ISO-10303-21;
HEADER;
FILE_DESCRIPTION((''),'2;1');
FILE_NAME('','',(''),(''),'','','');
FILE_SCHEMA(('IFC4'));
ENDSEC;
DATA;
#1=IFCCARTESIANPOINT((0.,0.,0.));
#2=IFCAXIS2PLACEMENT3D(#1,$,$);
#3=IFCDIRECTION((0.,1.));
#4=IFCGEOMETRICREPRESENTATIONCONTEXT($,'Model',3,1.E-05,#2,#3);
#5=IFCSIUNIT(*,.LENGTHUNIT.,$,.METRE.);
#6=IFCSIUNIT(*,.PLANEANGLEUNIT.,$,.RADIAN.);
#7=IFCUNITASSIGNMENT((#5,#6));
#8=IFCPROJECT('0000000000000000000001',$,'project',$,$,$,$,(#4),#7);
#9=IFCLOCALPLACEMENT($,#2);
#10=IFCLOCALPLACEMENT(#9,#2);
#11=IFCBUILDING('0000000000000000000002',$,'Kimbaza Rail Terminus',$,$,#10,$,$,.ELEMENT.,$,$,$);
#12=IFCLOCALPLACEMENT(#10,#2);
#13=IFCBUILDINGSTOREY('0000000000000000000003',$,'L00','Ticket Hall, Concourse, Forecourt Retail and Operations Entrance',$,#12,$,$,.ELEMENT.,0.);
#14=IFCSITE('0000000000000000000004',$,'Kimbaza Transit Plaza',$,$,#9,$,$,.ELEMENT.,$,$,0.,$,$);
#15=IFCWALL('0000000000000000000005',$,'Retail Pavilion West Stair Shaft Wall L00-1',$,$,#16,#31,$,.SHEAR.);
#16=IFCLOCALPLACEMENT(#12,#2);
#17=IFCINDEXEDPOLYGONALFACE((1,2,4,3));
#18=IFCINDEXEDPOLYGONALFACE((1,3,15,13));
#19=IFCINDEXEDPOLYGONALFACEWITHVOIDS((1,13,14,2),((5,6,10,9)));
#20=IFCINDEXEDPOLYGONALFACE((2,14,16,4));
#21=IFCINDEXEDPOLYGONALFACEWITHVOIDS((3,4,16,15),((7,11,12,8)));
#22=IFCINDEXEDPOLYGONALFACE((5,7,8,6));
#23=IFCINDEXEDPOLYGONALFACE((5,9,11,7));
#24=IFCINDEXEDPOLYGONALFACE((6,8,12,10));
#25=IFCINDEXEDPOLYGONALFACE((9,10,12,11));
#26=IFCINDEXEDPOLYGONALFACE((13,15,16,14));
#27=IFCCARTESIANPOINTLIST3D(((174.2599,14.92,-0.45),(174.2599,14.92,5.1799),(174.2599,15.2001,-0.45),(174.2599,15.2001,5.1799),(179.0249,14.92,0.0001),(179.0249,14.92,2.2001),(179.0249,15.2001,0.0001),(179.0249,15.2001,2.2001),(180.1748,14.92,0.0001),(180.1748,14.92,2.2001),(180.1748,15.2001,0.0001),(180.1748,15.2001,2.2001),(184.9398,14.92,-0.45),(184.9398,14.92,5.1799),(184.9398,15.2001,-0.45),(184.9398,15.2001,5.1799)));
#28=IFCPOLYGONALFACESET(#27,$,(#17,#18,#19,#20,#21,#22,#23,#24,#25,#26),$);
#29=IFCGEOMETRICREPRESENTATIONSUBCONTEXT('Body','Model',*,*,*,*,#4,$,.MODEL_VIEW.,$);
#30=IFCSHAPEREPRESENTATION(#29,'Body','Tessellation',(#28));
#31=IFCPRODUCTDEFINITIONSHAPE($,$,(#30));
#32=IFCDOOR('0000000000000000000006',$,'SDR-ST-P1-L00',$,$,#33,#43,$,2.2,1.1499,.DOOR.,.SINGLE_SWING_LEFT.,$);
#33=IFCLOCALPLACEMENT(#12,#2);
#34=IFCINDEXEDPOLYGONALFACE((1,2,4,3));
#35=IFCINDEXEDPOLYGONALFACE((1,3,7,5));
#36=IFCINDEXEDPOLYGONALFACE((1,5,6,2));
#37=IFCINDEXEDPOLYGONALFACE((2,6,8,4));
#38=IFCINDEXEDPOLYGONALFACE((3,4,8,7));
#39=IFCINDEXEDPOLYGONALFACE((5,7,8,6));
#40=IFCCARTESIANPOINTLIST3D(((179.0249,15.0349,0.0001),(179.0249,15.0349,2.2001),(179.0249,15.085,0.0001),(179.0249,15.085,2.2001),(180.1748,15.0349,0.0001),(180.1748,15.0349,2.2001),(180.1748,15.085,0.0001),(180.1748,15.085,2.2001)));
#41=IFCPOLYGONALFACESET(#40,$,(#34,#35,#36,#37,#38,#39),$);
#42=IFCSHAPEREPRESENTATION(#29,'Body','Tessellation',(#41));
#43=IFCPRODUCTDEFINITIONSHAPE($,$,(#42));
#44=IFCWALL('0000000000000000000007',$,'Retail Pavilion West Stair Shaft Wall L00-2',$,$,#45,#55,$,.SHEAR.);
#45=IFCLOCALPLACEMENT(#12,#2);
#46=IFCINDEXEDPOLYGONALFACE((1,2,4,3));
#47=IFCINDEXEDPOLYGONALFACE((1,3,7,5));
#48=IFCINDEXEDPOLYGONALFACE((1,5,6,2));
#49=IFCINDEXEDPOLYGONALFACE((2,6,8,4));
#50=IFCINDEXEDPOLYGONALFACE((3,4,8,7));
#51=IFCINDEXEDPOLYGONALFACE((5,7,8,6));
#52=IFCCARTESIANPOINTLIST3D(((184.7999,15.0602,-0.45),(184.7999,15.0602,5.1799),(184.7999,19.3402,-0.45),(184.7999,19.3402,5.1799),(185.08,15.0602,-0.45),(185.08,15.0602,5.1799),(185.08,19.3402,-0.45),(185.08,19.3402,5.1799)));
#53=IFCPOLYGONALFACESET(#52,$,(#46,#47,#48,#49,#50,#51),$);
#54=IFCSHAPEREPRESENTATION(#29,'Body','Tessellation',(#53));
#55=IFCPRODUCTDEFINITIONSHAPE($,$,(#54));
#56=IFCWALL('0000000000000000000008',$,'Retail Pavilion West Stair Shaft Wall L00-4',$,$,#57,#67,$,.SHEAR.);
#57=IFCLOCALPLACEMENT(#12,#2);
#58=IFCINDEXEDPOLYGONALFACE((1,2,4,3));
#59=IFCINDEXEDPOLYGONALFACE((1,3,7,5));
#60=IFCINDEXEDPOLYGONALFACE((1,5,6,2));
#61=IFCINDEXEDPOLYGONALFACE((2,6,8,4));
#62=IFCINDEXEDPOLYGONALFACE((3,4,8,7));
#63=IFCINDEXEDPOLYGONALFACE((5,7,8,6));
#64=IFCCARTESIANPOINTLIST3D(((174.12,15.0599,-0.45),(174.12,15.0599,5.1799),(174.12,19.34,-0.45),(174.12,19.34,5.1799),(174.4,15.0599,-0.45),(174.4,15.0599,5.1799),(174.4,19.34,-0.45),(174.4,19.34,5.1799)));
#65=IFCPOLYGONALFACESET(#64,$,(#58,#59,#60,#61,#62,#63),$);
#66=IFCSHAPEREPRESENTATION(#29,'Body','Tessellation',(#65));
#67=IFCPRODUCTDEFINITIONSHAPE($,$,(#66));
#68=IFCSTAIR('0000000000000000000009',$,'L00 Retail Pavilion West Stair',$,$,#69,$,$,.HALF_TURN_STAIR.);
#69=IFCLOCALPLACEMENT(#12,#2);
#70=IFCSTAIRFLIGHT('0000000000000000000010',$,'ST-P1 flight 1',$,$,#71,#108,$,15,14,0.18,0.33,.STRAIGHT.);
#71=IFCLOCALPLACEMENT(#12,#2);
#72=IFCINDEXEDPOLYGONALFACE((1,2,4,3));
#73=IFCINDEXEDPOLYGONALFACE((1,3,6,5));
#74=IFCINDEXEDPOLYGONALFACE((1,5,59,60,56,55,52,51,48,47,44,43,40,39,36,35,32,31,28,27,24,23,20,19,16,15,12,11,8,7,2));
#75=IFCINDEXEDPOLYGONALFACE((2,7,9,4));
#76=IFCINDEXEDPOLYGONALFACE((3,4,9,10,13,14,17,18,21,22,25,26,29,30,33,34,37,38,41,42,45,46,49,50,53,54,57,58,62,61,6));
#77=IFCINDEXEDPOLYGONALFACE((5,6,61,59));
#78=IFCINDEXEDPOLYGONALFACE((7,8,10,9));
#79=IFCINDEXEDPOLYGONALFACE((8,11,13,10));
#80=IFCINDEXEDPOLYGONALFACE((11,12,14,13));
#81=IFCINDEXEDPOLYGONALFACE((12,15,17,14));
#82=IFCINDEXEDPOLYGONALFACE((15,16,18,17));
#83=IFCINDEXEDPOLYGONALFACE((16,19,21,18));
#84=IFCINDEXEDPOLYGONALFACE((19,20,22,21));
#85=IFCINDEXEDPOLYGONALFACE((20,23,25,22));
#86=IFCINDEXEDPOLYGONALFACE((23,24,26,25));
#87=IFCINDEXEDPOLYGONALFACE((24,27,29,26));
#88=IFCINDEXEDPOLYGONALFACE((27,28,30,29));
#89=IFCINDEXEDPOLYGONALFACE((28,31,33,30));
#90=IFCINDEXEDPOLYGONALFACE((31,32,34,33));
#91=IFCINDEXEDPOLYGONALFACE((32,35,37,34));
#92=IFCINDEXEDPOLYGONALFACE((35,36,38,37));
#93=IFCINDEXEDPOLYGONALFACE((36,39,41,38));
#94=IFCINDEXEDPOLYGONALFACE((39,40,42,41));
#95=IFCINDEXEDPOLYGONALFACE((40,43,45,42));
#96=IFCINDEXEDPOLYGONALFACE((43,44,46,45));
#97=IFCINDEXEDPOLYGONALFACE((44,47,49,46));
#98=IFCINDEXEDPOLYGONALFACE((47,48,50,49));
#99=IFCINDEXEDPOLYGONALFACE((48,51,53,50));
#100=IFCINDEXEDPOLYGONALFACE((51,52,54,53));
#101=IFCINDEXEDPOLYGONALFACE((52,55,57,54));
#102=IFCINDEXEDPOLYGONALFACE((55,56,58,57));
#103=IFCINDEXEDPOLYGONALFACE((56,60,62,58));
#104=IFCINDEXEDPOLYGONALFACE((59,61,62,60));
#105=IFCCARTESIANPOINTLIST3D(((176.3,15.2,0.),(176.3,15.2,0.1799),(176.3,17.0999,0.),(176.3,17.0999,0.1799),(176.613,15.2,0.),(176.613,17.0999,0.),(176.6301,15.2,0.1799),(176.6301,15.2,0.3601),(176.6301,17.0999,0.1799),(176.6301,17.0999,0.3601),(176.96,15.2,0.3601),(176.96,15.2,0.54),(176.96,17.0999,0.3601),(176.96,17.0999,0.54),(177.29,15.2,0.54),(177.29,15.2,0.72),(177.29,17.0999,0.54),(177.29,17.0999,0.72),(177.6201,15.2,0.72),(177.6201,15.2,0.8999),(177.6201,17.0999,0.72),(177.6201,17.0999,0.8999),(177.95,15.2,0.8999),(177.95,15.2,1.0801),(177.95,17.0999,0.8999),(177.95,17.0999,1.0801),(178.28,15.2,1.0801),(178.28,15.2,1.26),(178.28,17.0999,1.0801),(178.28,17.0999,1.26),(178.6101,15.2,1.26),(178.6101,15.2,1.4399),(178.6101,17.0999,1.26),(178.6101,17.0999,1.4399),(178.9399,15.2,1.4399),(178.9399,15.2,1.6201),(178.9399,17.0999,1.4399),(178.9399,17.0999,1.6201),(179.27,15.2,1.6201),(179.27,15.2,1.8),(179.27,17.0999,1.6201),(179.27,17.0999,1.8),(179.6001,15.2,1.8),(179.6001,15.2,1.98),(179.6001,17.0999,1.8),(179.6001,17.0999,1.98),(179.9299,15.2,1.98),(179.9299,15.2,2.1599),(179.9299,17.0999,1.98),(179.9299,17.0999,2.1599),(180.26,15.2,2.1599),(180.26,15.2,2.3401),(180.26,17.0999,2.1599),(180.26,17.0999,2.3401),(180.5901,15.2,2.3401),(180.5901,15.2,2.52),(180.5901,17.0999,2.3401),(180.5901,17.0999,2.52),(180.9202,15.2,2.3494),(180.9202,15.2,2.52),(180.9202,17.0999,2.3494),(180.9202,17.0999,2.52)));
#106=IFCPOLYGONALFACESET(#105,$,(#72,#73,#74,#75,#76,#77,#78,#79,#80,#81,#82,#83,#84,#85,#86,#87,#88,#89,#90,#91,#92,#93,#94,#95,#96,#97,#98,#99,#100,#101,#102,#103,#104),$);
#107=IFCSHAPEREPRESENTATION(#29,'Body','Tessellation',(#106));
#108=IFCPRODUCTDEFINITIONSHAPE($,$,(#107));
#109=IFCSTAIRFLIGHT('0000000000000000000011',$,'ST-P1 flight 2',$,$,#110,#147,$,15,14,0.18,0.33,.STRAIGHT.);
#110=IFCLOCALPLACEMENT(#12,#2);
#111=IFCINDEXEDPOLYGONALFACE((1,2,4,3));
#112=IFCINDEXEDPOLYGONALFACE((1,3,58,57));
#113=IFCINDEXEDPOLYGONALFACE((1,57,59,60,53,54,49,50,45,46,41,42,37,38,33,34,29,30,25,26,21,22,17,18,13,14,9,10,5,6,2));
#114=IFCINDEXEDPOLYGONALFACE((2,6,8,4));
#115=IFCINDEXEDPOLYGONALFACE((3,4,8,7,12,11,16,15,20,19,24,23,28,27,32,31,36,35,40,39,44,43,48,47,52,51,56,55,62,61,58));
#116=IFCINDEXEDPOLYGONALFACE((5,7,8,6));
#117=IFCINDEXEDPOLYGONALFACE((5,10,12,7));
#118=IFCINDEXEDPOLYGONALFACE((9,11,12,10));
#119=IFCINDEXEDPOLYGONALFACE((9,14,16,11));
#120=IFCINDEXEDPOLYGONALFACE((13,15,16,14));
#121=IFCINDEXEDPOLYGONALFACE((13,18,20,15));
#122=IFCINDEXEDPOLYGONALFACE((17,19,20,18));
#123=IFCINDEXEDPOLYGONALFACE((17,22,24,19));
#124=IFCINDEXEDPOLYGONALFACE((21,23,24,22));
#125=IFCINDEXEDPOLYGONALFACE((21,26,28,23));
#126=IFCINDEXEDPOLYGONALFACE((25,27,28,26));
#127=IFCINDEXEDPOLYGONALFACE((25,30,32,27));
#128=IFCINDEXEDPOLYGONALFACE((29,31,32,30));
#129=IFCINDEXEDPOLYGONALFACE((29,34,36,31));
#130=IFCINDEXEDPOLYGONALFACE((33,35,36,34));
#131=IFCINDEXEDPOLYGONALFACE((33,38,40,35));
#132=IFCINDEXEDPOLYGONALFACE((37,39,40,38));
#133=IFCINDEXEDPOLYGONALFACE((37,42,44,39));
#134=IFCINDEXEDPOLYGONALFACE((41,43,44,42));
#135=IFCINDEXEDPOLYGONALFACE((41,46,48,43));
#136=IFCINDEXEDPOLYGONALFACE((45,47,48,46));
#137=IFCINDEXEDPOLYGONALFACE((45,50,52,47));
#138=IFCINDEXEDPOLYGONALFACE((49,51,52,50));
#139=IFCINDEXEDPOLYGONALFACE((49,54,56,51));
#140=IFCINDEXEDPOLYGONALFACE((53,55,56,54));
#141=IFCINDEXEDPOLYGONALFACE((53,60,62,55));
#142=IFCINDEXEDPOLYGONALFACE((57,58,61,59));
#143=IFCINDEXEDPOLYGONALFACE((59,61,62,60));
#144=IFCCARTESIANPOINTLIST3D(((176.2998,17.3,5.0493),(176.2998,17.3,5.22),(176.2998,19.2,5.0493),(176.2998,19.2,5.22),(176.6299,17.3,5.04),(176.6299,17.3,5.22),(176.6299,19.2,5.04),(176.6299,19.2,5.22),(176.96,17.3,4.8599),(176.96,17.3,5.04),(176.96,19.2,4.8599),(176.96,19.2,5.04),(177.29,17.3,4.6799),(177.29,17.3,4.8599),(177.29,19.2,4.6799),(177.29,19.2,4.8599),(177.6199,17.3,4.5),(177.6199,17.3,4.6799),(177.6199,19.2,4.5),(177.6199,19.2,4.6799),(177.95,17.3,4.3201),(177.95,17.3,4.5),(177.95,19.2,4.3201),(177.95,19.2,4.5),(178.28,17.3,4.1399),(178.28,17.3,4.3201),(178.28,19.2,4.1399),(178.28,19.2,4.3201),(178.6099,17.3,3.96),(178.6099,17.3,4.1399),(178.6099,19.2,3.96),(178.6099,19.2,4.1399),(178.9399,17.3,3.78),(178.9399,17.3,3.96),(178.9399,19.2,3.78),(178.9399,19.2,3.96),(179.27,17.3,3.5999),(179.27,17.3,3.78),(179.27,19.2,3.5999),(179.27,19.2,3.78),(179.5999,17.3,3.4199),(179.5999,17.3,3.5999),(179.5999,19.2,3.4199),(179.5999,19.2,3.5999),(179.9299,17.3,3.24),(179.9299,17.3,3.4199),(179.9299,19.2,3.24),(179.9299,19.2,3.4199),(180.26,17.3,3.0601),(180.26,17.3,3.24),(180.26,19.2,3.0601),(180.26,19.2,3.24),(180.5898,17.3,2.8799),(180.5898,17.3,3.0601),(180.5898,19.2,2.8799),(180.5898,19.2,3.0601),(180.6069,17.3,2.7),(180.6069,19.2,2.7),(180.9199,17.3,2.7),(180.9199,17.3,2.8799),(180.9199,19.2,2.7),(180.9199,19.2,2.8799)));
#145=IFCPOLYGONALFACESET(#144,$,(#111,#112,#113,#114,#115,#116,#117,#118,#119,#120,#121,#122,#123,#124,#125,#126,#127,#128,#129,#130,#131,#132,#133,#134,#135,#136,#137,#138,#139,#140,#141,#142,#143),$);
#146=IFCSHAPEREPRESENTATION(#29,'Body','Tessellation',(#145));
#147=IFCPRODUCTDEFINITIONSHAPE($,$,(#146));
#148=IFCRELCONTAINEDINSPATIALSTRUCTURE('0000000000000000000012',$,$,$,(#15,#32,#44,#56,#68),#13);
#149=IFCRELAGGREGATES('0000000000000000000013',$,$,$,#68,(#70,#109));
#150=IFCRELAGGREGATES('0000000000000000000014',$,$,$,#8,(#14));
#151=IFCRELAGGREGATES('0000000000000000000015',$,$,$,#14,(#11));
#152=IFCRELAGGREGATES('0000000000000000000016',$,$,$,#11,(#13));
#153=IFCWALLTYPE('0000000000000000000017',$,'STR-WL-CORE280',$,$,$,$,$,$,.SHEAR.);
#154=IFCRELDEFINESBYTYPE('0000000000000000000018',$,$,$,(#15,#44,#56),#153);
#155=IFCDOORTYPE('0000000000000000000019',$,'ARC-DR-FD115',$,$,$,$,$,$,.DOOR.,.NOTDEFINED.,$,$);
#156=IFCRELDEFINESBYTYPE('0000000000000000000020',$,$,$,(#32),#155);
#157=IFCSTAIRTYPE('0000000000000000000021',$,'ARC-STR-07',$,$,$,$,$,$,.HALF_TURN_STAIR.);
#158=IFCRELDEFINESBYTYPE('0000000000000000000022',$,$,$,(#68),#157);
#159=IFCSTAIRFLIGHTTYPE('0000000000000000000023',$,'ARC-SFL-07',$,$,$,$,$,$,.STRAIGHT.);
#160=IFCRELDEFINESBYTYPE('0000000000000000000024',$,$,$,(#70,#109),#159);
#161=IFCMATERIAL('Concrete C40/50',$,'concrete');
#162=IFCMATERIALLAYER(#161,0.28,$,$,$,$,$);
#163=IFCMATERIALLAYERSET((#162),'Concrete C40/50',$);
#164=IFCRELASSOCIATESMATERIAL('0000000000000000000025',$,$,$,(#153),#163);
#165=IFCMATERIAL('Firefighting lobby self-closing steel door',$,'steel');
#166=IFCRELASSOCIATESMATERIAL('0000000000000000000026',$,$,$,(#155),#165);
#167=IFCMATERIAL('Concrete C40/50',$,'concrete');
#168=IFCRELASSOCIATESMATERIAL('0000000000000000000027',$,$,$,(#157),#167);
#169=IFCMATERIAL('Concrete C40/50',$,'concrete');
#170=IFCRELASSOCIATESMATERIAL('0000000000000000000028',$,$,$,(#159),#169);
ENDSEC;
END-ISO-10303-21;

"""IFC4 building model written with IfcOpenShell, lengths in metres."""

from ifc_helpers import new_model, si_unit, direction, frame, frame_2d, origin, place, context, subcontext, project, spatial, polyline, rectangle, outline, extrude, material, layer, layer_set, type_object, element, fill, aggregate, save


model = new_model("IFC4")

# Units and contexts
model_context = context("Model", 3, precision=1e-05, world=origin(), true_north=direction((0.0, 1.0)))
body_context = subcontext(model_context, "Body", "Model", "MODEL_VIEW")
ifc_project = project(units=[si_unit("LENGTHUNIT", "METRE"), si_unit("PLANEANGLEUNIT", "RADIAN")], contexts=[model_context])

# Site, building, storey
site_placement = place(None, origin())
site = spatial("IfcSite", under=ifc_project, at=site_placement, Name="Kimbaza Transit Plaza", CompositionType="ELEMENT", RefElevation=0.0)
building_placement = place(site_placement, origin())
building = spatial("IfcBuilding", under=site, at=building_placement, Name="Kimbaza Rail Terminus", CompositionType="ELEMENT")
storey_placement = place(building_placement, origin())
storey = spatial("IfcBuildingStorey", under=building, at=storey_placement, Name="L00", Description="Ticket Hall, Concourse, Forecourt Retail and Operations Entrance", CompositionType="ELEMENT", Elevation=0.0)

# Wall, opening, door
ifc_material_1 = material(Name="Concrete C40/50", Category="concrete")
ifc_layer_1 = layer(ifc_material_1, 0.28)
ifc_layer_set_1 = layer_set([ifc_layer_1], Name="Concrete C40/50")
wall_type_1 = type_object("IfcWallType", Name="STR-WL-CORE280", PredefinedType="SHEAR", material=ifc_layer_set_1)
wall_1_placement = place(storey_placement, frame((174.26, 15.0601, -0.45), z_axis=(0.0, 0.0, 1.0), x_axis=(1.0, 0.0, 0.0)))
wall_1 = element("IfcWall", 1, at=wall_1_placement, inside=storey, type_object=wall_type_1, Name="Retail Pavilion West Stair Shaft Wall L00-1", PredefinedType="SHEAR", context=body_context, shape_type="SweptSolid", body=[
    extrude(rectangle(XDim=10.6799, YDim=0.28, at=frame_2d((5.3398, 0.0))), origin(), (0.0, 0.0, 1.0), 5.6299),
])
opening_1_placement = place(wall_1_placement, frame((4.7649, 0.0, 0.45)))
opening_1 = element("IfcOpeningElement", 2, at=opening_1_placement, cuts=wall_1, PredefinedType="OPENING", context=body_context, shape_type="SweptSolid", body=[
    extrude(rectangle(XDim=1.1499, YDim=2.2, at=frame_2d((0.575, 1.1001))), frame((0.0, 0.1499, 0.0), z_axis=(0.0, -1.0, 0.0), x_axis=(1.0, 0.0, 0.0)), (0.0, 0.0, 1.0), 0.3),
])
ifc_material_2 = material(Name="Firefighting lobby self-closing steel door", Category="steel")
door_type_1 = type_object("IfcDoorType", Name="ARC-DR-FD115", OperationType="NOTDEFINED", PredefinedType="DOOR", material=ifc_material_2)
door_1_placement = place(opening_1_placement, origin())
door_1 = element("IfcDoor", 3, at=door_1_placement, inside=storey, type_object=door_type_1, Name="SDR-ST-P1-L00", OperationType="SINGLE_SWING_LEFT", OverallHeight=2.2, OverallWidth=1.1499, PredefinedType="DOOR", context=body_context, shape_type="SweptSolid", body=[
    extrude(rectangle(XDim=1.1499, YDim=2.2, at=frame_2d((0.575, 1.1001))), frame((0.0, 0.0249, 0.0), z_axis=(0.0, -1.0, 0.0), x_axis=(1.0, 0.0, 0.0)), (0.0, 0.0, 1.0), 0.05),
])
fill(opening_1, door_1)

# Walls
wall_2_placement = place(storey_placement, frame((184.9399, 15.0601, -0.45), z_axis=(0.0, 0.0, 1.0), x_axis=(0.0, 1.0, 0.0)))
element("IfcWall", 4, at=wall_2_placement, inside=storey, type_object=wall_type_1, Name="Retail Pavilion West Stair Shaft Wall L00-2", PredefinedType="SHEAR", context=body_context, shape_type="SweptSolid", body=[
    extrude(rectangle(XDim=4.28, YDim=0.28, at=frame_2d((2.1401, 0.0))), origin(), (0.0, 0.0, 1.0), 5.6299),
])
wall_3_placement = place(storey_placement, frame((174.26, 19.3401, -0.45), z_axis=(0.0, 0.0, 1.0), x_axis=(0.0, -1.0, 0.0)))
element("IfcWall", 5, at=wall_3_placement, inside=storey, type_object=wall_type_1, Name="Retail Pavilion West Stair Shaft Wall L00-4", PredefinedType="SHEAR", context=body_context, shape_type="SweptSolid", body=[
    extrude(rectangle(XDim=4.28, YDim=0.28, at=frame_2d((2.1401, 0.0))), origin(), (0.0, 0.0, 1.0), 5.6299),
])

# Stair, stair flights
ifc_material_3 = material(Name="Concrete C40/50", Category="concrete")
stair_type = type_object("IfcStairType", Name="ARC-STR-07", PredefinedType="HALF_TURN_STAIR", material=ifc_material_3)
stair_placement = place(storey_placement, origin())
stair = element("IfcStair", 6, at=stair_placement, inside=storey, type_object=stair_type, Name="L00 Retail Pavilion West Stair", PredefinedType="HALF_TURN_STAIR")
ifc_material_4 = material(Name="Concrete C40/50", Category="concrete")
stair_flight_type = type_object("IfcStairFlightType", Name="ARC-SFL-07", PredefinedType="STRAIGHT", material=ifc_material_4)
stair_flight_1_placement = place(storey_placement, frame((176.3, 16.1499, 0.0), z_axis=(0.0, 0.0, 1.0), x_axis=(1.0, 0.0, 0.0)))
stair_flight_1 = element("IfcStairFlight", 7, at=stair_flight_1_placement, type_object=stair_flight_type, Name="ST-P1 flight 1", NumberOfRisers=15, NumberOfTreads=14, PredefinedType="STRAIGHT", RiserHeight=0.18, TreadLength=0.33, context=body_context, shape_type="SweptSolid", body=[
    extrude(outline(polyline([(0.0, 0.0), (0.0, 0.1799), (0.3301, 0.1799), (0.3301, 0.3601), (0.6599, 0.3601), (0.6599, 0.54), (0.99, 0.54), (0.99, 0.72), (1.3201, 0.72), (1.3201, 0.8999), (1.6499, 0.8999), (1.6499, 1.0801), (1.98, 1.0801), (1.98, 1.26), (2.3101, 1.26), (2.3101, 1.4399), (2.6399, 1.4399), (2.6399, 1.6201), (2.97, 1.6201), (2.97, 1.8), (3.3, 1.8), (3.3, 1.98), (3.6299, 1.98), (3.6299, 2.1599), (3.96, 2.1599), (3.96, 2.3401), (4.29, 2.3401), (4.29, 2.52), (4.6201, 2.52), (4.6201, 2.7), (4.6201, 2.3494), (0.313, 0.0), (0.0, 0.0)])), frame((0.0, 0.95, 0.0), z_axis=(0.0, -1.0, 0.0), x_axis=(1.0, 0.0, 0.0)), (0.0, 0.0, 1.0), 1.8999),
])
stair_flight_2_placement = place(storey_placement, frame((180.9199, 18.25, 2.7), z_axis=(0.0, 0.0, 1.0), x_axis=(-1.0, 0.0, 0.0)))
stair_flight_2 = element("IfcStairFlight", 8, at=stair_flight_2_placement, type_object=stair_flight_type, Name="ST-P1 flight 2", NumberOfRisers=15, NumberOfTreads=14, PredefinedType="STRAIGHT", RiserHeight=0.18, TreadLength=0.33, context=body_context, shape_type="SweptSolid", body=[
    extrude(outline(polyline([(0.0, 0.0), (0.0, 0.1799), (0.3301, 0.1799), (0.3301, 0.3601), (0.6599, 0.3601), (0.6599, 0.54), (0.99, 0.54), (0.99, 0.72), (1.3201, 0.72), (1.3201, 0.8999), (1.6499, 0.8999), (1.6499, 1.0801), (1.98, 1.0801), (1.98, 1.26), (2.3101, 1.26), (2.3101, 1.4399), (2.6399, 1.4399), (2.6399, 1.6201), (2.97, 1.6201), (2.97, 1.8), (3.3, 1.8), (3.3, 1.98), (3.6299, 1.98), (3.6299, 2.1599), (3.96, 2.1599), (3.96, 2.3401), (4.29, 2.3401), (4.29, 2.52), (4.6201, 2.52), (4.6201, 2.7), (4.6201, 2.3494), (0.313, 0.0), (0.0, 0.0)])), frame((0.0, 0.95, 0.0), z_axis=(0.0, -1.0, 0.0), x_axis=(1.0, 0.0, 0.0)), (0.0, 0.0, 1.0), 1.8999),
])
aggregate(stair, [stair_flight_1, stair_flight_2])

save(model, "model.ifc")
